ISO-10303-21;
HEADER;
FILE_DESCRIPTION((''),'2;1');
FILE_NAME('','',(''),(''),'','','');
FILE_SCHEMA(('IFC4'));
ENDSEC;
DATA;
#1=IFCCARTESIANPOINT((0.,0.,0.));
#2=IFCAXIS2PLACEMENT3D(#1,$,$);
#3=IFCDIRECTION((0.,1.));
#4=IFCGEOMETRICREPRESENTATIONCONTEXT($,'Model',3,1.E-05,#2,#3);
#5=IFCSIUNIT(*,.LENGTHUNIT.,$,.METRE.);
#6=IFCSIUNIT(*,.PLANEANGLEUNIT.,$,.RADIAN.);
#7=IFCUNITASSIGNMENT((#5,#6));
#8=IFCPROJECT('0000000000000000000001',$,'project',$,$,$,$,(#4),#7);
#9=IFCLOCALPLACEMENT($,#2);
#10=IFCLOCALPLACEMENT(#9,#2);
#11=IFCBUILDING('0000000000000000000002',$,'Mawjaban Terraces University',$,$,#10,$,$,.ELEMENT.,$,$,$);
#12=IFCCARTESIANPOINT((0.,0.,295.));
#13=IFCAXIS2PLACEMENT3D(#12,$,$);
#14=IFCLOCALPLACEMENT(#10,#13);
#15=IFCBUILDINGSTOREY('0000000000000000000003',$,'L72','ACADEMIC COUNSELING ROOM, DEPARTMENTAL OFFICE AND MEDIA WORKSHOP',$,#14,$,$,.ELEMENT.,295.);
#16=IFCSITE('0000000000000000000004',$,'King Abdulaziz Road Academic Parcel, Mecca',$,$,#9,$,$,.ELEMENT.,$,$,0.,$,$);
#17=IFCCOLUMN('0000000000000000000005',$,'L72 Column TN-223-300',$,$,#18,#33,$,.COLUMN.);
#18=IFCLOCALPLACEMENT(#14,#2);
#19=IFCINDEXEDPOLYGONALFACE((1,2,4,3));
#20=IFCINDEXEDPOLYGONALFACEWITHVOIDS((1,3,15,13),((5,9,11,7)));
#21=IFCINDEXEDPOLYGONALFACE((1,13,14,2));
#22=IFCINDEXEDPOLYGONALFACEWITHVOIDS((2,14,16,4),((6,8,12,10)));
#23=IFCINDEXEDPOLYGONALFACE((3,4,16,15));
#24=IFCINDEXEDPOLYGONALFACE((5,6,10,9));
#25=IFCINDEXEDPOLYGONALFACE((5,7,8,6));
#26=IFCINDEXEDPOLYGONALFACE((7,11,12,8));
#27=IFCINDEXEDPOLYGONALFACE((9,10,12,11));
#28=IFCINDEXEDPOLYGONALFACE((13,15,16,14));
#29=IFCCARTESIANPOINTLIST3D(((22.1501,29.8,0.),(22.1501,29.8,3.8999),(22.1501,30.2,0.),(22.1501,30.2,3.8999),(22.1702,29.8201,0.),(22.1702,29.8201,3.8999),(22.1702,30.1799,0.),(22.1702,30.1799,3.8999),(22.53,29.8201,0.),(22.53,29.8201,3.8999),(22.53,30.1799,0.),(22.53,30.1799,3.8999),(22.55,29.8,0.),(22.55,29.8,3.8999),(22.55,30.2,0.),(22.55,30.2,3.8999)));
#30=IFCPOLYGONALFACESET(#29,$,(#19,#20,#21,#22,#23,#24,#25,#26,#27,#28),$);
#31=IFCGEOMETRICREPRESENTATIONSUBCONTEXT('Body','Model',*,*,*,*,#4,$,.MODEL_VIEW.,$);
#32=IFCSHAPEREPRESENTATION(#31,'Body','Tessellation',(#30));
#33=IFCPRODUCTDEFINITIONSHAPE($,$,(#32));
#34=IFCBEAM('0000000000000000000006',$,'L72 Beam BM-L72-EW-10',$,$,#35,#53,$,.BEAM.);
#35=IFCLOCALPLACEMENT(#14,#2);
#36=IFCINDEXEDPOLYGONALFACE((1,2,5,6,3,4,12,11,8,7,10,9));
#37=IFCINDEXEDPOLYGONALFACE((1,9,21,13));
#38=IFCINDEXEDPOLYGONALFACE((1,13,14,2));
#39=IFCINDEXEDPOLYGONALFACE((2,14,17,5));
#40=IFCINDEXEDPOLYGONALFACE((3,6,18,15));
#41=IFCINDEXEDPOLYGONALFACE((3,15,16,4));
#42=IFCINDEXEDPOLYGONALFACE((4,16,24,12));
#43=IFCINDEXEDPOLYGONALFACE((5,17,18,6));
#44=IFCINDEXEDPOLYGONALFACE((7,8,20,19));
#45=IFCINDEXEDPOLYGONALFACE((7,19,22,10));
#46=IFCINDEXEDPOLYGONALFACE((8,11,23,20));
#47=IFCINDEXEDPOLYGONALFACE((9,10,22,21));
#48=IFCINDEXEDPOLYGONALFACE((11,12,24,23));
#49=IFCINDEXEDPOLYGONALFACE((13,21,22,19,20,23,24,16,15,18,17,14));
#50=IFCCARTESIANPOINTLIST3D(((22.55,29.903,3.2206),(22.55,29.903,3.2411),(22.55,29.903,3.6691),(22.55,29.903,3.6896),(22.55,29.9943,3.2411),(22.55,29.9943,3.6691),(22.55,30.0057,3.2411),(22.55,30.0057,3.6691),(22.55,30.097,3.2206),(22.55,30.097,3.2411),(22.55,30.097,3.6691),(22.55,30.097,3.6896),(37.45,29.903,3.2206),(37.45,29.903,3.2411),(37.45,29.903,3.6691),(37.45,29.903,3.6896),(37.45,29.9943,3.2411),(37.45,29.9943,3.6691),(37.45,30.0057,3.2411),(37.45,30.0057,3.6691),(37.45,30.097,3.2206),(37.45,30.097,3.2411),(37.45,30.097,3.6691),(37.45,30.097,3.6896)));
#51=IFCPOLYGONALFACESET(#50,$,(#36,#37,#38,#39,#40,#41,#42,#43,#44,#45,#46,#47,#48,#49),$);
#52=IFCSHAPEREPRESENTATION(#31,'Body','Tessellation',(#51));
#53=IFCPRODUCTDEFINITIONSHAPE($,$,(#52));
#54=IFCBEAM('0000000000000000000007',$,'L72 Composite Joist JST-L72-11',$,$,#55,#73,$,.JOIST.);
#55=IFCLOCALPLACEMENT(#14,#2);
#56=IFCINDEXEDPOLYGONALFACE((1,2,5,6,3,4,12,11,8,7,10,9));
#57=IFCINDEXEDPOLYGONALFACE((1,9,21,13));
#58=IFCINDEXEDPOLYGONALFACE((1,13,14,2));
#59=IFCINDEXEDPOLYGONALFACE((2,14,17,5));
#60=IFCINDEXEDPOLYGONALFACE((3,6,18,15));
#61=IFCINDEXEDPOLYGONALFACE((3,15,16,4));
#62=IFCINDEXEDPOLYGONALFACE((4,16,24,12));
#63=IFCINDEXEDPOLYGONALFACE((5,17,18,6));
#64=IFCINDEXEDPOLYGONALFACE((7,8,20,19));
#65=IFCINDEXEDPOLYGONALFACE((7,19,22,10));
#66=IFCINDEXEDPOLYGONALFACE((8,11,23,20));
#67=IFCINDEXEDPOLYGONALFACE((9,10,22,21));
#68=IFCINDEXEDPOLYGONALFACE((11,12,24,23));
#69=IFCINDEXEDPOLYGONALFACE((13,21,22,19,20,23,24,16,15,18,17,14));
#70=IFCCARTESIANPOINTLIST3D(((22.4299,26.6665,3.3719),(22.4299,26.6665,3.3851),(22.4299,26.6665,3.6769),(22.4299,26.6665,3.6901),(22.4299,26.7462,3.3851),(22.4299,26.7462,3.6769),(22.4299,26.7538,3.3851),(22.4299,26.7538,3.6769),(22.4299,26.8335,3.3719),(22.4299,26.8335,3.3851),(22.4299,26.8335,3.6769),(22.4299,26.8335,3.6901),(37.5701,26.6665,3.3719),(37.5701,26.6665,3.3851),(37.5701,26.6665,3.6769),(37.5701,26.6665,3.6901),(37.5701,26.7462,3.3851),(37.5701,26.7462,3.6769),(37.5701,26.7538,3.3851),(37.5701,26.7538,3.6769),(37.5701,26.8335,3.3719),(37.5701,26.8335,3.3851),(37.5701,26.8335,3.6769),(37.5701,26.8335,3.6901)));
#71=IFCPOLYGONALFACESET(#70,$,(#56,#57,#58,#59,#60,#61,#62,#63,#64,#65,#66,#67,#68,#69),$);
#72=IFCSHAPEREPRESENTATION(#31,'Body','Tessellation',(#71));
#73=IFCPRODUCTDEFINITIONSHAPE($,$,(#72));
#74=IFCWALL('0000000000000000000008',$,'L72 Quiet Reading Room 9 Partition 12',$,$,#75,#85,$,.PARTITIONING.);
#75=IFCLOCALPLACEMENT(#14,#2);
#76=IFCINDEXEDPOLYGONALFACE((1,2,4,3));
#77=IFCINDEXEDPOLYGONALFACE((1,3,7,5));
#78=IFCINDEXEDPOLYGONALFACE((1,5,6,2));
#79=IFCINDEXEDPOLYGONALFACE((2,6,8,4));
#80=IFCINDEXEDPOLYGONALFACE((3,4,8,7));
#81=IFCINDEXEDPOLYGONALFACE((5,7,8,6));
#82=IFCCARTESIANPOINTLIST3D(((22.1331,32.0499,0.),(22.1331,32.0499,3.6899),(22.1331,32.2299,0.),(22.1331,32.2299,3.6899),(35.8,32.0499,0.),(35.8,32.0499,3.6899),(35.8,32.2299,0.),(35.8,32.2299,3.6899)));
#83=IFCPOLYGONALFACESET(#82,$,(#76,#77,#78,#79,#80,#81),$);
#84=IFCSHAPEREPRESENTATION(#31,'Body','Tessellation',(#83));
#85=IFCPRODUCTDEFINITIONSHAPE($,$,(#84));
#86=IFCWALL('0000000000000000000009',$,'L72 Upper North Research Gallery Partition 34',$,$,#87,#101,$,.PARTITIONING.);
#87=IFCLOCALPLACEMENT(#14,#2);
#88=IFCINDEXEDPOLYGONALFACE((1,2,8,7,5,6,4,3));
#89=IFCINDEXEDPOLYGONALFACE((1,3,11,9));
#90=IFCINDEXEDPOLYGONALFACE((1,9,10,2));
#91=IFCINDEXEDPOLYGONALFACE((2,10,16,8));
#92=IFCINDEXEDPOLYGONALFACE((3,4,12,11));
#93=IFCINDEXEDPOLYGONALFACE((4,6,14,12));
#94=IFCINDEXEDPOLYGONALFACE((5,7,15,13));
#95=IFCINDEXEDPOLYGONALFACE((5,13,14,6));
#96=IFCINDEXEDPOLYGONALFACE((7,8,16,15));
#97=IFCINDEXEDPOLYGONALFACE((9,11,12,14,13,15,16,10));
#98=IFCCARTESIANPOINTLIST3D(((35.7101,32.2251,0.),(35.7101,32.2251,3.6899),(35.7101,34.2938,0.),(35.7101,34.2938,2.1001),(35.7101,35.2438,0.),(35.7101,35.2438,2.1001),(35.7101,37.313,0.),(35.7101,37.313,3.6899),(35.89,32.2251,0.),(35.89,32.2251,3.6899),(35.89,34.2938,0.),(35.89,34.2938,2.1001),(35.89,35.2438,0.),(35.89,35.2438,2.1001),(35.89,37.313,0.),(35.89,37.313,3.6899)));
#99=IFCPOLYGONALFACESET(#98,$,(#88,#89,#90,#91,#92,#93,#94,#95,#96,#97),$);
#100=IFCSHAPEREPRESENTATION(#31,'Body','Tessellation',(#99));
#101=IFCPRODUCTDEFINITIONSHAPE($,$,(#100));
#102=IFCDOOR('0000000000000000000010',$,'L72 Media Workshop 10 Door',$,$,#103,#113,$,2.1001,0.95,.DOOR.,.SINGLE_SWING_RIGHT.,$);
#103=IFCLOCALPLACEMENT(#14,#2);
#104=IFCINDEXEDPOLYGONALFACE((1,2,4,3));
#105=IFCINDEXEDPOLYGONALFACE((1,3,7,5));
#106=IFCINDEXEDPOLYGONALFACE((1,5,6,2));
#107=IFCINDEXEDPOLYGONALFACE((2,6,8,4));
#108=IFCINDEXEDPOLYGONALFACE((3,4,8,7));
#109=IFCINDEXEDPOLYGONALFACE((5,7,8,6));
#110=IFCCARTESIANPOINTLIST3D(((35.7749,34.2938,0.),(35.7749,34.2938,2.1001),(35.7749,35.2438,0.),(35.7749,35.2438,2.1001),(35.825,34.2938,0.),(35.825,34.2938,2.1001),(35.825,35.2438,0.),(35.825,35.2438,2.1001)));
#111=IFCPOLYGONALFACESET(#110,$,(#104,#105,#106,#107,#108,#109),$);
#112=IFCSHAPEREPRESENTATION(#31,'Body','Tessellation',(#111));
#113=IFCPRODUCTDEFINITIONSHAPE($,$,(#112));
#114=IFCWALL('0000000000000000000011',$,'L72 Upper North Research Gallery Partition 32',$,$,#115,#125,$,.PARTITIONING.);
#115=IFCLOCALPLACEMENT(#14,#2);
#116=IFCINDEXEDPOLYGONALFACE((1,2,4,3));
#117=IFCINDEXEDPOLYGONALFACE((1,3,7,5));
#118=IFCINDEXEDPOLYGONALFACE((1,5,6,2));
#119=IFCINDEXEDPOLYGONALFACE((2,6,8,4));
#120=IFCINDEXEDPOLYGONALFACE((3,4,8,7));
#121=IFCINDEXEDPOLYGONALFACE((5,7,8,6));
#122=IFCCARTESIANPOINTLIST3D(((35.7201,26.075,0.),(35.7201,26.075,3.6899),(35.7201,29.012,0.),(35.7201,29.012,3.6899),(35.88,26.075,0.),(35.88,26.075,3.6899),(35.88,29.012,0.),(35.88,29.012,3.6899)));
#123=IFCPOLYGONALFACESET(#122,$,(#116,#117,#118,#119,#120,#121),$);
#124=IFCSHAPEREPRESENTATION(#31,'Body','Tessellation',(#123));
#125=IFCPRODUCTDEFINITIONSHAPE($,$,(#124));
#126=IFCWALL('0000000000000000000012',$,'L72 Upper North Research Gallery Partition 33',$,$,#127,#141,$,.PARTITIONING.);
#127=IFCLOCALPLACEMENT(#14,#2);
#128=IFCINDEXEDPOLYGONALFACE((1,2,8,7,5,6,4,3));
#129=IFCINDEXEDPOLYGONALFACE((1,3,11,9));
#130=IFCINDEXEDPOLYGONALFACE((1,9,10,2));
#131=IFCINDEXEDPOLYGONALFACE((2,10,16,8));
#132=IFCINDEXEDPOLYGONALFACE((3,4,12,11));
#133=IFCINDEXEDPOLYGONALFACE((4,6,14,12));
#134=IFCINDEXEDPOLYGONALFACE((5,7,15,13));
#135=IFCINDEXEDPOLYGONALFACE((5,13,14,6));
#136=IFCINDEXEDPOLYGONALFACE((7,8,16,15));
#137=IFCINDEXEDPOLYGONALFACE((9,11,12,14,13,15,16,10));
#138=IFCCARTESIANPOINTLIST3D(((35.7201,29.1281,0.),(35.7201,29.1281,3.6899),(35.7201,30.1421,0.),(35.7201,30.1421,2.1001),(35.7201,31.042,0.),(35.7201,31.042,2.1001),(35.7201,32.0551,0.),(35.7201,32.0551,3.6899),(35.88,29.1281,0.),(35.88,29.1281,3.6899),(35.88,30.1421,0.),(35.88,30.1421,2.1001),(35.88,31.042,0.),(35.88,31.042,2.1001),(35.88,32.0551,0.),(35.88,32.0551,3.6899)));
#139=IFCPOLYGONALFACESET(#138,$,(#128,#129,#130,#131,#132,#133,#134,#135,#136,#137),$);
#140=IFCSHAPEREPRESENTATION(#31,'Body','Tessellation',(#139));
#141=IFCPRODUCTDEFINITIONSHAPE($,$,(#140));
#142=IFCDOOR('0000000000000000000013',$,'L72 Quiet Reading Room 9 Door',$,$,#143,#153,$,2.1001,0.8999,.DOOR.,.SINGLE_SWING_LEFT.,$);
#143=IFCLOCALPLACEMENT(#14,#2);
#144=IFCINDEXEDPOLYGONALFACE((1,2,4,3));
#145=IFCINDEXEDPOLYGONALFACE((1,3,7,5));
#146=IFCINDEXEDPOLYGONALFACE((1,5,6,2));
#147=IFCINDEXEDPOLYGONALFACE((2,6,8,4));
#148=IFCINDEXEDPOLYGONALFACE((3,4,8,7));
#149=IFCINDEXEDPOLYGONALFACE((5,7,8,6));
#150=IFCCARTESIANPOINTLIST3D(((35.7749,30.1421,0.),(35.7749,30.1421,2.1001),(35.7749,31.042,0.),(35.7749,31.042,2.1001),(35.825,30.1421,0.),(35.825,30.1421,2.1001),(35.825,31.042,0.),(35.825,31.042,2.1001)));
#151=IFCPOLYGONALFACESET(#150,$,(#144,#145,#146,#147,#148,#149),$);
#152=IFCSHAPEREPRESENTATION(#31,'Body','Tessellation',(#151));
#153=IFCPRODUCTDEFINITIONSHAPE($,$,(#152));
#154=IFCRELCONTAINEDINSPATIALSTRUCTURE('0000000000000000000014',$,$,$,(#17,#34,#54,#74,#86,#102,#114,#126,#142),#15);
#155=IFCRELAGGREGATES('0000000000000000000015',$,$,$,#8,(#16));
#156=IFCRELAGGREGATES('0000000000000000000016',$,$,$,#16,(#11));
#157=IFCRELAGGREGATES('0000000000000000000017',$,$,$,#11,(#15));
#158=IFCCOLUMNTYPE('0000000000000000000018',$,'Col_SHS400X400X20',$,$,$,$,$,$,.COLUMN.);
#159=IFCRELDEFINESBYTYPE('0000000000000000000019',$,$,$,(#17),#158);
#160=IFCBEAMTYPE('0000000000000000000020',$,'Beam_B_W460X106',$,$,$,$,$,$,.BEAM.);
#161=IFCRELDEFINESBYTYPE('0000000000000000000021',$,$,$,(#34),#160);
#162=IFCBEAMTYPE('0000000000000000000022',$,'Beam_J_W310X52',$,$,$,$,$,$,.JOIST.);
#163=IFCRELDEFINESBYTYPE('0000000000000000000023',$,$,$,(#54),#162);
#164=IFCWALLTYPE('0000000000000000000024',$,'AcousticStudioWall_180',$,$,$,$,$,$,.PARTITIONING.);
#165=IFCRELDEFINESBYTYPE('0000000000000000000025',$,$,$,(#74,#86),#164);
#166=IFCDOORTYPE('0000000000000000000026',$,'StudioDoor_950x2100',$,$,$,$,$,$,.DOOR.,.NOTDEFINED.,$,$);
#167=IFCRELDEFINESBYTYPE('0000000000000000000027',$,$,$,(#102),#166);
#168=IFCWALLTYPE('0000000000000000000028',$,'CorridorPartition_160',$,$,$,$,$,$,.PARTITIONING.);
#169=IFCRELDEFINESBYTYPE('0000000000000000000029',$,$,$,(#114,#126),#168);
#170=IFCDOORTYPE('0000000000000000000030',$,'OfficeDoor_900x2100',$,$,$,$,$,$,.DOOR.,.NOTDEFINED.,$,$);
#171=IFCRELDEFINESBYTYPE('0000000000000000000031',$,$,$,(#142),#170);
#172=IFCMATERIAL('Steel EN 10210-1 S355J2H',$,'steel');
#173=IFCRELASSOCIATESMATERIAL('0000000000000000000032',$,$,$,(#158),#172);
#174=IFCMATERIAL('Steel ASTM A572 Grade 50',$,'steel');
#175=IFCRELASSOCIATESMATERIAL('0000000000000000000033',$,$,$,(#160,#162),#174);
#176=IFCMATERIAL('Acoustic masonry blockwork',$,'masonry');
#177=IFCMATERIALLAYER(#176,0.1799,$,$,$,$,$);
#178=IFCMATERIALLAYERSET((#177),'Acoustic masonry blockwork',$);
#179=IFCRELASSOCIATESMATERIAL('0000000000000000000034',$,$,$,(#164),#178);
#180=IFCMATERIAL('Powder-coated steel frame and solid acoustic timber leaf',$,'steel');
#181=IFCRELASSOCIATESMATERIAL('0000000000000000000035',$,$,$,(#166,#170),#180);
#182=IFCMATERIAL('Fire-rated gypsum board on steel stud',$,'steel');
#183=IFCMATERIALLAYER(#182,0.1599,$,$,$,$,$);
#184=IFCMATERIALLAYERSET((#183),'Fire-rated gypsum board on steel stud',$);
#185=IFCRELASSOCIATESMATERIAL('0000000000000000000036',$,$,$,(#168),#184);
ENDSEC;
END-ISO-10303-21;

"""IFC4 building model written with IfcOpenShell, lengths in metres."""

from ifc_helpers import new_model, si_unit, direction, frame, frame_2d, origin, origin_2d, place, context, subcontext, project, spatial, rectangle, hollow_rectangle, i_section, extrude, material, layer, layer_set, material_profile, profile_set, type_object, element, fill, save


model = new_model("IFC4")

# Units and contexts
model_context = context("Model", 3, precision=1e-05, world=origin(), true_north=direction((0.0, 1.0)))
body_context = subcontext(model_context, "Body", "Model", "MODEL_VIEW")
ifc_project = project(units=[si_unit("LENGTHUNIT", "METRE"), si_unit("PLANEANGLEUNIT", "RADIAN")], contexts=[model_context])

# Site, building, storey
site_placement = place(None, origin())
site = spatial("IfcSite", under=ifc_project, at=site_placement, Name="King Abdulaziz Road Academic Parcel, Mecca", CompositionType="ELEMENT", RefElevation=0.0)
building_placement = place(site_placement, origin())
building = spatial("IfcBuilding", under=site, at=building_placement, Name="Mawjaban Terraces University", CompositionType="ELEMENT")
storey_placement = place(building_placement, frame((0.0, 0.0, 295.0)))
storey = spatial("IfcBuildingStorey", under=building, at=storey_placement, Name="L72", Description="ACADEMIC COUNSELING ROOM, DEPARTMENTAL OFFICE AND MEDIA WORKSHOP", CompositionType="ELEMENT", Elevation=295.0)

# Column
ifc_material_1 = material(Name="Steel EN 10210-1 S355J2H", Category="steel")
ifc_material_profile_1 = material_profile(ifc_material_1, hollow_rectangle(XDim=0.3999, YDim=0.3999, WallThickness=0.02, at=origin_2d()), Name="SHS400X400X20")
ifc_profile_set_1 = profile_set([ifc_material_profile_1], Name="Steel EN 10210-1 S355J2H")
column_type = type_object("IfcColumnType", Name="Col_SHS400X400X20", PredefinedType="COLUMN", material=ifc_profile_set_1)
column_placement = place(storey_placement, frame((22.3501, 30.0, 0.0), z_axis=(0.0, 0.0, 1.0), x_axis=(1.0, 0.0, 0.0)))
element("IfcColumn", 1, at=column_placement, inside=storey, type_object=column_type, Name="L72 Column TN-223-300", PredefinedType="COLUMN", context=body_context, shape_type="SweptSolid", body=[
    extrude(hollow_rectangle(XDim=0.3999, YDim=0.3999, WallThickness=0.02, at=origin_2d()), origin(), (0.0, 0.0, 1.0), 3.8999),
])

# Beams
ifc_material_2 = material(Name="Steel ASTM A572 Grade 50", Category="steel")
ifc_material_profile_2 = material_profile(ifc_material_2, i_section(OverallWidth=0.1941, OverallDepth=0.469, WebThickness=0.0115, FlangeThickness=0.0205, at=origin_2d()), Name="W460X106")
ifc_profile_set_2 = profile_set([ifc_material_profile_2], Name="Steel ASTM A572 Grade 50")
beam_type_1 = type_object("IfcBeamType", Name="Beam_B_W460X106", PredefinedType="BEAM", material=ifc_profile_set_2)
beam_1_placement = place(storey_placement, frame((22.55, 30.0, 3.4551), z_axis=(1.0, 0.0, 0.0), x_axis=(0.0, 1.0, 0.0)))
element("IfcBeam", 2, at=beam_1_placement, inside=storey, type_object=beam_type_1, Name="L72 Beam BM-L72-EW-10", PredefinedType="BEAM", context=body_context, shape_type="SweptSolid", body=[
    extrude(i_section(OverallWidth=0.1941, OverallDepth=0.469, WebThickness=0.0115, FlangeThickness=0.0205, at=origin_2d()), origin(), (0.0, 0.0, 1.0), 14.8999),
])
ifc_material_profile_3 = material_profile(ifc_material_2, i_section(OverallWidth=0.167, OverallDepth=0.3181, WebThickness=0.0076, FlangeThickness=0.0132, at=origin_2d()), Name="W310X52")
ifc_profile_set_3 = profile_set([ifc_material_profile_3], Name="Steel ASTM A572 Grade 50")
beam_type_2 = type_object("IfcBeamType", Name="Beam_J_W310X52", PredefinedType="JOIST", material=ifc_profile_set_3)
beam_2_placement = place(storey_placement, frame((22.4299, 26.75, 3.531), z_axis=(1.0, 0.0, 0.0), x_axis=(0.0, 1.0, 0.0)))
element("IfcBeam", 3, at=beam_2_placement, inside=storey, type_object=beam_type_2, Name="L72 Composite Joist JST-L72-11", PredefinedType="JOIST", context=body_context, shape_type="SweptSolid", body=[
    extrude(i_section(OverallWidth=0.167, OverallDepth=0.3181, WebThickness=0.0076, FlangeThickness=0.0132, at=origin_2d()), origin(), (0.0, 0.0, 1.0), 15.1401),
])

# Wall
ifc_material_3 = material(Name="Acoustic masonry blockwork", Category="masonry")
ifc_layer_1 = layer(ifc_material_3, 0.1799)
ifc_layer_set_1 = layer_set([ifc_layer_1], Name="Acoustic masonry blockwork")
wall_type_1 = type_object("IfcWallType", Name="AcousticStudioWall_180", PredefinedType="PARTITIONING", material=ifc_layer_set_1)
wall_1_placement = place(storey_placement, frame((35.8, 32.1399, 0.0), z_axis=(0.0, 0.0, 1.0), x_axis=(-1.0, 0.0, 0.0)))
element("IfcWall", 4, at=wall_1_placement, inside=storey, type_object=wall_type_1, Name="L72 Quiet Reading Room 9 Partition 12", PredefinedType="PARTITIONING", context=body_context, shape_type="SweptSolid", body=[
    extrude(rectangle(XDim=13.667, YDim=0.1799, at=frame_2d((6.8335, 0.0))), origin(), (0.0, 0.0, 1.0), 3.6899),
])

# Wall, opening, door
wall_2_placement = place(storey_placement, frame((35.8, 37.313, 0.0), z_axis=(0.0, 0.0, 1.0), x_axis=(0.0, -1.0, 0.0)))
wall_2 = element("IfcWall", 5, at=wall_2_placement, inside=storey, type_object=wall_type_1, Name="L72 Upper North Research Gallery Partition 34", PredefinedType="PARTITIONING", context=body_context, shape_type="SweptSolid", body=[
    extrude(rectangle(XDim=5.0879, YDim=0.1799, at=frame_2d((2.5439, 0.0))), origin(), (0.0, 0.0, 1.0), 3.6899),
])
opening_1_placement = place(wall_2_placement, frame((2.0691, 0.0, 0.0)))
opening_1 = element("IfcOpeningElement", 6, at=opening_1_placement, cuts=wall_2, PredefinedType="OPENING", context=body_context, shape_type="SweptSolid", body=[
    extrude(rectangle(XDim=0.95, YDim=2.1001, at=frame_2d((0.4751, 1.05))), frame((0.0, 0.0999, 0.0), z_axis=(0.0, -1.0, 0.0), x_axis=(1.0, 0.0, 0.0)), (0.0, 0.0, 1.0), 0.2),
])
ifc_material_4 = material(Name="Powder-coated steel frame and solid acoustic timber leaf", Category="steel")
door_type_1 = type_object("IfcDoorType", Name="StudioDoor_950x2100", OperationType="NOTDEFINED", PredefinedType="DOOR", material=ifc_material_4)
door_1_placement = place(opening_1_placement, origin())
door_1 = element("IfcDoor", 7, at=door_1_placement, inside=storey, type_object=door_type_1, Name="L72 Media Workshop 10 Door", OperationType="SINGLE_SWING_RIGHT", OverallHeight=2.1001, OverallWidth=0.95, PredefinedType="DOOR", context=body_context, shape_type="SweptSolid", body=[
    extrude(rectangle(XDim=0.95, YDim=2.1001, at=frame_2d((0.4751, 1.05))), frame((0.0, 0.0249, 0.0), z_axis=(0.0, -1.0, 0.0), x_axis=(1.0, 0.0, 0.0)), (0.0, 0.0, 1.0), 0.05),
])
fill(opening_1, door_1)

# Wall
ifc_material_5 = material(Name="Fire-rated gypsum board on steel stud", Category="steel")
ifc_layer_2 = layer(ifc_material_5, 0.1599)
ifc_layer_set_2 = layer_set([ifc_layer_2], Name="Fire-rated gypsum board on steel stud")
wall_type_2 = type_object("IfcWallType", Name="CorridorPartition_160", PredefinedType="PARTITIONING", material=ifc_layer_set_2)
wall_3_placement = place(storey_placement, frame((35.8, 29.012, 0.0), z_axis=(0.0, 0.0, 1.0), x_axis=(0.0, -1.0, 0.0)))
element("IfcWall", 8, at=wall_3_placement, inside=storey, type_object=wall_type_2, Name="L72 Upper North Research Gallery Partition 32", PredefinedType="PARTITIONING", context=body_context, shape_type="SweptSolid", body=[
    extrude(rectangle(XDim=2.937, YDim=0.1599, at=frame_2d((1.4685, 0.0))), origin(), (0.0, 0.0, 1.0), 3.6899),
])

# Wall, opening, door
wall_4_placement = place(storey_placement, frame((35.8, 32.0549, 0.0), z_axis=(0.0, 0.0, 1.0), x_axis=(0.0, -1.0, 0.0)))
wall_4 = element("IfcWall", 9, at=wall_4_placement, inside=storey, type_object=wall_type_2, Name="L72 Upper North Research Gallery Partition 33", PredefinedType="PARTITIONING", context=body_context, shape_type="SweptSolid", body=[
    extrude(rectangle(XDim=2.927, YDim=0.1599, at=frame_2d((1.4634, 0.0))), origin(), (0.0, 0.0, 1.0), 3.6899),
])
opening_2_placement = place(wall_4_placement, frame((1.0129, 0.0, 0.0)))
opening_2 = element("IfcOpeningElement", 10, at=opening_2_placement, cuts=wall_4, PredefinedType="OPENING", context=body_context, shape_type="SweptSolid", body=[
    extrude(rectangle(XDim=0.8999, YDim=2.1001, at=frame_2d((0.45, 1.05))), frame((0.0, 0.0898, 0.0), z_axis=(0.0, -1.0, 0.0), x_axis=(1.0, 0.0, 0.0)), (0.0, 0.0, 1.0), 0.1799),
])
door_type_2 = type_object("IfcDoorType", Name="OfficeDoor_900x2100", OperationType="NOTDEFINED", PredefinedType="DOOR", material=ifc_material_4)
door_2_placement = place(opening_2_placement, origin())
door_2 = element("IfcDoor", 11, at=door_2_placement, inside=storey, type_object=door_type_2, Name="L72 Quiet Reading Room 9 Door", OperationType="SINGLE_SWING_LEFT", OverallHeight=2.1001, OverallWidth=0.8999, PredefinedType="DOOR", context=body_context, shape_type="SweptSolid", body=[
    extrude(rectangle(XDim=0.8999, YDim=2.1001, at=frame_2d((0.45, 1.05))), frame((0.0, 0.0249, 0.0), z_axis=(0.0, -1.0, 0.0), x_axis=(1.0, 0.0, 0.0)), (0.0, 0.0, 1.0), 0.05),
])
fill(opening_2, door_2)

save(model, "model.ifc")
